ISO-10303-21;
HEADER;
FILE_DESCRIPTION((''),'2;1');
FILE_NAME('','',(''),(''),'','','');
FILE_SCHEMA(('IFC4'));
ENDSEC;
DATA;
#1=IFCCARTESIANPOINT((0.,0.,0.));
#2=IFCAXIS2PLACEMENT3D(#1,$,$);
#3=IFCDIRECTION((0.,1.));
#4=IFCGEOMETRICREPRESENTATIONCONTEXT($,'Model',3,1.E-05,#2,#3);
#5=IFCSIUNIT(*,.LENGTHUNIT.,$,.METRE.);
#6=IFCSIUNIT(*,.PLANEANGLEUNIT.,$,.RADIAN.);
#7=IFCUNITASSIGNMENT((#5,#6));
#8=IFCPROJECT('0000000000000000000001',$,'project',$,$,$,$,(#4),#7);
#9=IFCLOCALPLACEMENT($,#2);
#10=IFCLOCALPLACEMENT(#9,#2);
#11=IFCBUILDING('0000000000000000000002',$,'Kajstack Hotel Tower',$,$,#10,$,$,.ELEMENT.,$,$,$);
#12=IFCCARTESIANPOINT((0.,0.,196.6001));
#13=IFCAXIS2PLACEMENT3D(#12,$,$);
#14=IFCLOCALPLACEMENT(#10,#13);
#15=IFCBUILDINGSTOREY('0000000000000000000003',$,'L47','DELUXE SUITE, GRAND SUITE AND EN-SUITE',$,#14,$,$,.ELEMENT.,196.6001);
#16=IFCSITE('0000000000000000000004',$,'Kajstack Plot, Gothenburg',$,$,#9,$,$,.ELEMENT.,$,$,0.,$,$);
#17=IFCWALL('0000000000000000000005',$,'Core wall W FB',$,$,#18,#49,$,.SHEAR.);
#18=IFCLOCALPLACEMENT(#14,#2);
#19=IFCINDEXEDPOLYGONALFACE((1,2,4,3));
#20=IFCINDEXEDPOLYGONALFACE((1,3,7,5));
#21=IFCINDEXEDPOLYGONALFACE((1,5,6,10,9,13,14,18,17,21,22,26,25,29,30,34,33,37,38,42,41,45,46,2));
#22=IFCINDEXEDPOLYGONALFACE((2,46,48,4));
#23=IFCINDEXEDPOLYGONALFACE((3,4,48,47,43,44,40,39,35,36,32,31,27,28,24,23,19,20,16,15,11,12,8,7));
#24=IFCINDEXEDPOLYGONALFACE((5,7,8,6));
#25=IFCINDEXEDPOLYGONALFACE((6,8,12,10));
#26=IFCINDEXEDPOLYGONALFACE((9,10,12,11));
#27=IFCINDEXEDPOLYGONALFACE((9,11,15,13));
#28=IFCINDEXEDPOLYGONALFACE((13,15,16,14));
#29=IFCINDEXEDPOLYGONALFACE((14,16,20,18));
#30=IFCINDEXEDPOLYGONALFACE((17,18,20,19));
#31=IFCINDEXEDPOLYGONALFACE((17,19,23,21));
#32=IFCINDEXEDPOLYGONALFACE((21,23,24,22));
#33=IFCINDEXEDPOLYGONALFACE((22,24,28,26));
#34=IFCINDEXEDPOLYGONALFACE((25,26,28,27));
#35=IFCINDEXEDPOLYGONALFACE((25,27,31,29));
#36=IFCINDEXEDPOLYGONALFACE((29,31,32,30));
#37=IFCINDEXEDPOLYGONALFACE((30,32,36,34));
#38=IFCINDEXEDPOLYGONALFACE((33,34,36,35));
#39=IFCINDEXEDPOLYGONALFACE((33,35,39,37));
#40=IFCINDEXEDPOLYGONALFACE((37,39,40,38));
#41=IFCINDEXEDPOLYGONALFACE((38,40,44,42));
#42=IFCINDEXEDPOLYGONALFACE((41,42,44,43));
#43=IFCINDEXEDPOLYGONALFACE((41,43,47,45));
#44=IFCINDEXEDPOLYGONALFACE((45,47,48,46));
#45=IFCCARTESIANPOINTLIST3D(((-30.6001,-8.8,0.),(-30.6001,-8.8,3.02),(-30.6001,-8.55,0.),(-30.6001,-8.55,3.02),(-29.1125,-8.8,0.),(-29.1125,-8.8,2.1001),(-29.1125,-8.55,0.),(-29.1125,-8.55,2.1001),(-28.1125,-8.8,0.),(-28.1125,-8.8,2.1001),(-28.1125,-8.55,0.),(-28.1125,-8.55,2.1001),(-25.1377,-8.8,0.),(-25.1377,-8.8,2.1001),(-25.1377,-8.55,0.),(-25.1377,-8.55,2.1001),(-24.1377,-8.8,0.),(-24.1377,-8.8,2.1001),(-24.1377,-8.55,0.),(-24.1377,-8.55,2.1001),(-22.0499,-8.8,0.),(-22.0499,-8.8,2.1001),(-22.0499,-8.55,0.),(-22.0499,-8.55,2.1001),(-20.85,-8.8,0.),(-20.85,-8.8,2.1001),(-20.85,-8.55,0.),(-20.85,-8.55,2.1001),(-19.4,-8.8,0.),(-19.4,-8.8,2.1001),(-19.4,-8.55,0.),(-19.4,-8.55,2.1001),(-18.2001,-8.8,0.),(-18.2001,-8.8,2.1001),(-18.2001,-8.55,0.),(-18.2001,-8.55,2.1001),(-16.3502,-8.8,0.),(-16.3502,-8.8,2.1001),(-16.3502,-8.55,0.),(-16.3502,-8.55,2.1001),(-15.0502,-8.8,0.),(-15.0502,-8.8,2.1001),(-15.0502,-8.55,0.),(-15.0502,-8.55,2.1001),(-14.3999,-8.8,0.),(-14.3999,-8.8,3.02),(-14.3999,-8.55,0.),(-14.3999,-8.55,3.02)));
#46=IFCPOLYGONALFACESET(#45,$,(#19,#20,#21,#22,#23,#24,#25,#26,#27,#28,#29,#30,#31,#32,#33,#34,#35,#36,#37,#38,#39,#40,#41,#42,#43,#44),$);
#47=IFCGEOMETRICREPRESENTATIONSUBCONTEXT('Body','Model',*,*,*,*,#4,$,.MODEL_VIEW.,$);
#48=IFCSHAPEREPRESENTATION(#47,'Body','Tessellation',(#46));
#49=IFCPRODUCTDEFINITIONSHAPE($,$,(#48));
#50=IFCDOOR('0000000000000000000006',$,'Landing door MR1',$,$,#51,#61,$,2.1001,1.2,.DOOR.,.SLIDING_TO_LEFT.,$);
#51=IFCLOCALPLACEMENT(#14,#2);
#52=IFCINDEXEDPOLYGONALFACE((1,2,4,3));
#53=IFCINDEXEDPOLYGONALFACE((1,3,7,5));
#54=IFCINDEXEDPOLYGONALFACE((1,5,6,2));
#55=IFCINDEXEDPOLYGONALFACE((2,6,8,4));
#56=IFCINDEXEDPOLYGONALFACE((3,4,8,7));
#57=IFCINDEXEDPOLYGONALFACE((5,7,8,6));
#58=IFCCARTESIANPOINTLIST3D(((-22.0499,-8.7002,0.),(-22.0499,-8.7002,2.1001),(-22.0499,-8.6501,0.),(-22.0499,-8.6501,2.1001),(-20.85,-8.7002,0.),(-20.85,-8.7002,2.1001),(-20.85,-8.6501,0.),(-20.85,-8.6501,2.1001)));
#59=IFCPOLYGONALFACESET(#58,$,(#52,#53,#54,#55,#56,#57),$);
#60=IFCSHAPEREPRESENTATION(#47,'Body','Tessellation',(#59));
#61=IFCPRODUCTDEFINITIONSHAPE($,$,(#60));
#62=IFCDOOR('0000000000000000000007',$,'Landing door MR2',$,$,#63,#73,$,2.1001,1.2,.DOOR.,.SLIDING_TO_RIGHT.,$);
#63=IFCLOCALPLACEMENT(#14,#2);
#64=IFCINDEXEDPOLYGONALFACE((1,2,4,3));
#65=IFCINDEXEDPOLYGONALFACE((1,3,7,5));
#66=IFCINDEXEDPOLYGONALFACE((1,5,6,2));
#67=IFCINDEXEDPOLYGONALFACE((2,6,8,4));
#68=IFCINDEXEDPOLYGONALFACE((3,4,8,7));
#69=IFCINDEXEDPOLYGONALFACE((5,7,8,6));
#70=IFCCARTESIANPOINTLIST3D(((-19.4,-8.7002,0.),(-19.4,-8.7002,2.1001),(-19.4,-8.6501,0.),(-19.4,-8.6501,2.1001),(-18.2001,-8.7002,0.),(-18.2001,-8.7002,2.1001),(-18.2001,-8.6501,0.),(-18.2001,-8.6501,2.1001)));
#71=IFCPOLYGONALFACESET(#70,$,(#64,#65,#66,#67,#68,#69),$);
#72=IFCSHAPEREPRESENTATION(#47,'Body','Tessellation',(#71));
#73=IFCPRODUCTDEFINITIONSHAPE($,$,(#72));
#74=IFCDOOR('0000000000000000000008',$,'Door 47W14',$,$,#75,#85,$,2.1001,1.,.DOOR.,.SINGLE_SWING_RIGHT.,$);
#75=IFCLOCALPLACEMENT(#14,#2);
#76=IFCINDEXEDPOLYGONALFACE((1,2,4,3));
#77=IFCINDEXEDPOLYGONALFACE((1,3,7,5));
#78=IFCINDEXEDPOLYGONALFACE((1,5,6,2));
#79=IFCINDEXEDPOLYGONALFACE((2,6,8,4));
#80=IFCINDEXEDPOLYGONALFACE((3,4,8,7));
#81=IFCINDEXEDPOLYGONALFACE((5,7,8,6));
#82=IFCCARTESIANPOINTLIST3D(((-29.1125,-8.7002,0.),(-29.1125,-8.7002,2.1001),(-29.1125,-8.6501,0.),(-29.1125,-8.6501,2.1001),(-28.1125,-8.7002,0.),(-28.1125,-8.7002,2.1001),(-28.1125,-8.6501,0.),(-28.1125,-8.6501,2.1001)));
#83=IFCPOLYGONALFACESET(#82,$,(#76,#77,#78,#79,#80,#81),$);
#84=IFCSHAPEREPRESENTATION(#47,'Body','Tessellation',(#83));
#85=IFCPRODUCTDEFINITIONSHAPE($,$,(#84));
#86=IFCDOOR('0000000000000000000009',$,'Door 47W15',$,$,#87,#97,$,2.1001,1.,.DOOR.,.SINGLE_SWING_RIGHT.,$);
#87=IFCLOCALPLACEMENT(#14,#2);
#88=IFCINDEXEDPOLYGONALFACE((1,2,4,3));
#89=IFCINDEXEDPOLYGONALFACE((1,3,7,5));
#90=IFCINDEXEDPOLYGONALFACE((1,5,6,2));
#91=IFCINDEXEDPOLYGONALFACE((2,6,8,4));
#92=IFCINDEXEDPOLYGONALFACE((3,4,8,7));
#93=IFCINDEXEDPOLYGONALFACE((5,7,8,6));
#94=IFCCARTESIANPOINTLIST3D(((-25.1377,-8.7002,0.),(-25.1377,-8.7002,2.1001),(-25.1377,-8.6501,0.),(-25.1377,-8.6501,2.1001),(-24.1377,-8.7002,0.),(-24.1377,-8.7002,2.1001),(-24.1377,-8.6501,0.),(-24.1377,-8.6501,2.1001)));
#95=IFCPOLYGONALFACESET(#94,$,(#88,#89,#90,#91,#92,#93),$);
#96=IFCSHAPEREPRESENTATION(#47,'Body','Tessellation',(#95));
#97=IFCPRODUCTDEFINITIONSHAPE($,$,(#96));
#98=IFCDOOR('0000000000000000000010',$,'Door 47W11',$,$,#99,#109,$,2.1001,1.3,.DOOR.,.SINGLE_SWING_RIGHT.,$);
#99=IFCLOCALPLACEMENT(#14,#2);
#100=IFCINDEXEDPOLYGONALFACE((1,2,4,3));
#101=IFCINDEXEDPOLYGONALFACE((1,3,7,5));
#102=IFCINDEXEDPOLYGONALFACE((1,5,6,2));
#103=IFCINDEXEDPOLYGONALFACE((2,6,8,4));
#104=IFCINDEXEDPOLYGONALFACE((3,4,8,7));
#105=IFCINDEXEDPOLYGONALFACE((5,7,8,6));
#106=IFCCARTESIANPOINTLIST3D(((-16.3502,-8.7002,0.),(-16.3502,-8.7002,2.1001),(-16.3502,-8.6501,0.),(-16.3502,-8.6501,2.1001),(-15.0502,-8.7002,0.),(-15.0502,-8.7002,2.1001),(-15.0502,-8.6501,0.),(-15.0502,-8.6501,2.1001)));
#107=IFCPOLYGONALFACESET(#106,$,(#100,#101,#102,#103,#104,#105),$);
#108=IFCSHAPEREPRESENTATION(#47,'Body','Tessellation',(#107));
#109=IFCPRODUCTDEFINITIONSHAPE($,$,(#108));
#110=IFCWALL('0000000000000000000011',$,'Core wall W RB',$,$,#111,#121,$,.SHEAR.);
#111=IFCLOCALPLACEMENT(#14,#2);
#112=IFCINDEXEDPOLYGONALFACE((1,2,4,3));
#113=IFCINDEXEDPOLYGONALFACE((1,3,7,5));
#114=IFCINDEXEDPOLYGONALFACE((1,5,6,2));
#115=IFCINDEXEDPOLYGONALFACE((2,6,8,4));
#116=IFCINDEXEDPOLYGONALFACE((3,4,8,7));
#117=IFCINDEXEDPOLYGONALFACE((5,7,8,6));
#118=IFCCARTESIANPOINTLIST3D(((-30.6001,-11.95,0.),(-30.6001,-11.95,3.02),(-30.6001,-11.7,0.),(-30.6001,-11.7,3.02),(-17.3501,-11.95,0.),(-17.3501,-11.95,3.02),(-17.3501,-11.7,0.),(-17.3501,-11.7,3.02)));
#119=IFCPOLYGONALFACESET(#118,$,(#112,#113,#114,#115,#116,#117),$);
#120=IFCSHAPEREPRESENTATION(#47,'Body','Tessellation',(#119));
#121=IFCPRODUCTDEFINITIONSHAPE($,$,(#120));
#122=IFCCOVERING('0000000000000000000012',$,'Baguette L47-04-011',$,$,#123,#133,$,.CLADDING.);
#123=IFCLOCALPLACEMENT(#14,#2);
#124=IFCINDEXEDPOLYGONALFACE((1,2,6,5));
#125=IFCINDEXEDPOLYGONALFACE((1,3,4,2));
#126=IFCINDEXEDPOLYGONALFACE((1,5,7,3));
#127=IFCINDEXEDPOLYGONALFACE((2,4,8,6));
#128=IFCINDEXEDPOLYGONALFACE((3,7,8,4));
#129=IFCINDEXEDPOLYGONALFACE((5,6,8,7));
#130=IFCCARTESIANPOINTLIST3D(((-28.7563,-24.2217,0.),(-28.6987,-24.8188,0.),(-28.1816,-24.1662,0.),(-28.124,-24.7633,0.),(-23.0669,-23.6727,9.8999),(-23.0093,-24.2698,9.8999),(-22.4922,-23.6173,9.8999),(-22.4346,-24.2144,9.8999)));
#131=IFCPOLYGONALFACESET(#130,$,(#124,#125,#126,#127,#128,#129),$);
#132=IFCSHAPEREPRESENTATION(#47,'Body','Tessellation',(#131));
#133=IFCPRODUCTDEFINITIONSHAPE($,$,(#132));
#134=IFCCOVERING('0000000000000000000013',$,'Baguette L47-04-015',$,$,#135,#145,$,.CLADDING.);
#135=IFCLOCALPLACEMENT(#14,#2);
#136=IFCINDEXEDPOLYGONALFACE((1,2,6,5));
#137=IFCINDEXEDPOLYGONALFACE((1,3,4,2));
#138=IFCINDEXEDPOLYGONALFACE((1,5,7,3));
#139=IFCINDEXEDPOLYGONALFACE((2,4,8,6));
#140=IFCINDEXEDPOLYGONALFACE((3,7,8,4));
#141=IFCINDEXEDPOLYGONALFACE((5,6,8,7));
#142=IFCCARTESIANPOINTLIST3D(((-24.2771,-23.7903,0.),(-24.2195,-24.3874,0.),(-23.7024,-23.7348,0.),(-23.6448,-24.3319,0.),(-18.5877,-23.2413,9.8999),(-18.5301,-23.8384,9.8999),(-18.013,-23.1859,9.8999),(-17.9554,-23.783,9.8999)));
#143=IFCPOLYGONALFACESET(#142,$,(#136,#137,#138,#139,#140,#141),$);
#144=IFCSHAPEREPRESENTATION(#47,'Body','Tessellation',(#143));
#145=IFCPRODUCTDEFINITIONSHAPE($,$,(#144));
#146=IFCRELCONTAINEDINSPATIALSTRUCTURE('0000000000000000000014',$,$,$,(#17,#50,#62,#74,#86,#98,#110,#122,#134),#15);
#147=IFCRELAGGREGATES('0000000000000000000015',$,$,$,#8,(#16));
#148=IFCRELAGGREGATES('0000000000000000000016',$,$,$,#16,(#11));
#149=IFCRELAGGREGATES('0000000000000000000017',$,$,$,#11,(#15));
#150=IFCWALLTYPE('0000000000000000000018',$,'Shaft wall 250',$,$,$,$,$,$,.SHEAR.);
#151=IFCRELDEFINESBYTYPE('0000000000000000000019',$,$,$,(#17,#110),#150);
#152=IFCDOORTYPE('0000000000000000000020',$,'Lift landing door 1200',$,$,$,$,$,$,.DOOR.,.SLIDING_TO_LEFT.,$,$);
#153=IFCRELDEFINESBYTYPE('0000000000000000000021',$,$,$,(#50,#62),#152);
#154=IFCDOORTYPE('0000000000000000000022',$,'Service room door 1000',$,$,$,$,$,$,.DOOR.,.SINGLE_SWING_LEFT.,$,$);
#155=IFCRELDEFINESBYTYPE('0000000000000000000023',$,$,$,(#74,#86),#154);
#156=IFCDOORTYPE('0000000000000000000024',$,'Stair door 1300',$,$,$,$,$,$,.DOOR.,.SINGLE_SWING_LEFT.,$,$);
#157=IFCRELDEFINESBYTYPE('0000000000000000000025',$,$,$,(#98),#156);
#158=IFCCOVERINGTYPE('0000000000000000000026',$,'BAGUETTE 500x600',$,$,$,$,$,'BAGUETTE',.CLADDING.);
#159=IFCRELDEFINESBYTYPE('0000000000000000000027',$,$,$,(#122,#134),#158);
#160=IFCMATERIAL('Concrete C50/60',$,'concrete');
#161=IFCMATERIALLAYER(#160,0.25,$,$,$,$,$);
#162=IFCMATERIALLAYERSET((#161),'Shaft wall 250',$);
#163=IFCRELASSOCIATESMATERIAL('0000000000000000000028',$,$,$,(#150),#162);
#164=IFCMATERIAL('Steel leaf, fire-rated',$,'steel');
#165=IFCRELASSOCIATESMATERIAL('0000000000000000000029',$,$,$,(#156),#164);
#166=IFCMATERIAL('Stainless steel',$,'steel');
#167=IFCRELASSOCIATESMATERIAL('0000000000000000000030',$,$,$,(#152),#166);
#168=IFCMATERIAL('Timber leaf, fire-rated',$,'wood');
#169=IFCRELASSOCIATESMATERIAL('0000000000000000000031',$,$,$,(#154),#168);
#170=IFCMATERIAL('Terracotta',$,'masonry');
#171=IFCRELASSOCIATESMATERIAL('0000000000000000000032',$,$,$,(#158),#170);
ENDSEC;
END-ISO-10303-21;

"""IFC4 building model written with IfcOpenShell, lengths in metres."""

from ifc_helpers import new_model, si_unit, direction, frame, frame_2d, origin, origin_2d, place, context, subcontext, project, spatial, polyline, rectangle, outline, extrude, material, layer, layer_set, material_profile, profile_set, type_object, element, fill, save


model = new_model("IFC4")

# Units and contexts
model_context = context("Model", 3, precision=1e-05, world=origin(), true_north=direction((0.0, 1.0)))
body_context = subcontext(model_context, "Body", "Model", "MODEL_VIEW")
ifc_project = project(units=[si_unit("LENGTHUNIT", "METRE"), si_unit("PLANEANGLEUNIT", "RADIAN")], contexts=[model_context])

# Site, building, storey
site_placement = place(None, origin())
site = spatial("IfcSite", under=ifc_project, at=site_placement, Name="Kajstack Plot, Gothenburg", CompositionType="ELEMENT", RefElevation=0.0)
building_placement = place(site_placement, origin())
building = spatial("IfcBuilding", under=site, at=building_placement, Name="Kajstack Hotel Tower", CompositionType="ELEMENT")
storey_placement = place(building_placement, frame((0.0, 0.0, 196.6001)))
storey = spatial("IfcBuildingStorey", under=building, at=storey_placement, Name="L47", Description="DELUXE SUITE, GRAND SUITE AND EN-SUITE", CompositionType="ELEMENT", Elevation=196.6001)

# Shared definitions
ifc_material_1 = material(Name="Stainless steel", Category="steel")

# Wall, openings, doors
ifc_material_2 = material(Name="Concrete C50/60", Category="concrete")
ifc_layer_1 = layer(ifc_material_2, 0.25)
ifc_layer_set_1 = layer_set([ifc_layer_1], Name="Shaft wall 250")
wall_type_1 = type_object("IfcWallType", Name="Shaft wall 250", PredefinedType="SHEAR", material=ifc_layer_set_1)
ifc_material_3 = material(Name="Timber leaf, fire-rated", Category="wood")
ifc_material_4 = material(Name="Steel leaf, fire-rated", Category="steel")
door_type_1 = type_object("IfcDoorType", Name="Stair door 1300", OperationType="SINGLE_SWING_LEFT", PredefinedType="DOOR", material=ifc_material_4)
wall_1_placement = place(storey_placement, frame((-30.6001, -8.675, 0.0), z_axis=(0.0, 0.0, 1.0), x_axis=(1.0, 0.0, 0.0)))
wall_1 = element("IfcWall", 1, at=wall_1_placement, inside=storey, type_object=wall_type_1, Name="Core wall W FB", PredefinedType="SHEAR", context=body_context, shape_type="SweptSolid", body=[
    extrude(rectangle(XDim=16.2002, YDim=0.25, at=frame_2d((8.1001, 0.0))), origin(), (0.0, 0.0, 1.0), 3.02),
])
opening_1_placement = place(wall_1_placement, frame((8.55, 0.0, 0.0)))
opening_1 = element("IfcOpeningElement", 2, at=opening_1_placement, cuts=wall_1, PredefinedType="OPENING", context=body_context, shape_type="SweptSolid", body=[
    extrude(rectangle(XDim=1.2, YDim=2.1001, at=frame_2d((0.6001, 1.05))), frame((0.0, 0.135, 0.0), z_axis=(0.0, -1.0, 0.0), x_axis=(1.0, 0.0, 0.0)), (0.0, 0.0, 1.0), 0.27),
])
opening_2_placement = place(wall_1_placement, frame((11.2, 0.0, 0.0)))
opening_2 = element("IfcOpeningElement", 3, at=opening_2_placement, cuts=wall_1, PredefinedType="OPENING", context=body_context, shape_type="SweptSolid", body=[
    extrude(rectangle(XDim=1.2, YDim=2.1001, at=frame_2d((0.6001, 1.05))), frame((0.0, 0.135, 0.0), z_axis=(0.0, -1.0, 0.0), x_axis=(1.0, 0.0, 0.0)), (0.0, 0.0, 1.0), 0.27),
])
opening_3_placement = place(wall_1_placement, frame((14.25, 0.0, 0.0)))
opening_3 = element("IfcOpeningElement", 4, at=opening_3_placement, cuts=wall_1, PredefinedType="OPENING", context=body_context, shape_type="SweptSolid", body=[
    extrude(rectangle(XDim=1.3, YDim=2.1001, at=frame_2d((0.6499, 1.05))), frame((0.0, 0.135, 0.0), z_axis=(0.0, -1.0, 0.0), x_axis=(1.0, 0.0, 0.0)), (0.0, 0.0, 1.0), 0.27),
])
opening_4_placement = place(wall_1_placement, frame((1.4875, 0.0, 0.0)))
opening_4 = element("IfcOpeningElement", 5, at=opening_4_placement, cuts=wall_1, PredefinedType="OPENING", context=body_context, shape_type="SweptSolid", body=[
    extrude(rectangle(XDim=1.0, YDim=2.1001, at=frame_2d((0.5, 1.05))), frame((0.0, 0.135, 0.0), z_axis=(0.0, -1.0, 0.0), x_axis=(1.0, 0.0, 0.0)), (0.0, 0.0, 1.0), 0.27),
])
opening_5_placement = place(wall_1_placement, frame((5.4624, 0.0, 0.0)))
opening_5 = element("IfcOpeningElement", 6, at=opening_5_placement, cuts=wall_1, PredefinedType="OPENING", context=body_context, shape_type="SweptSolid", body=[
    extrude(rectangle(XDim=1.0, YDim=2.1001, at=frame_2d((0.5, 1.05))), frame((0.0, 0.135, 0.0), z_axis=(0.0, -1.0, 0.0), x_axis=(1.0, 0.0, 0.0)), (0.0, 0.0, 1.0), 0.27),
])
door_type_2 = type_object("IfcDoorType", Name="Lift landing door 1200", OperationType="SLIDING_TO_LEFT", PredefinedType="DOOR", material=ifc_material_1)
door_1_placement = place(opening_1_placement, origin())
door_1 = element("IfcDoor", 7, at=door_1_placement, inside=storey, type_object=door_type_2, Name="Landing door MR1", OperationType="SLIDING_TO_LEFT", OverallHeight=2.1001, OverallWidth=1.2, PredefinedType="DOOR", context=body_context, shape_type="SweptSolid", body=[
    extrude(rectangle(XDim=1.2, YDim=2.1001, at=frame_2d((0.6001, 1.05))), frame((0.0, 0.0249, 0.0), z_axis=(0.0, -1.0, 0.0), x_axis=(1.0, 0.0, 0.0)), (0.0, 0.0, 1.0), 0.05),
])
fill(opening_1, door_1)
door_2_placement = place(opening_2_placement, origin())
door_2 = element("IfcDoor", 8, at=door_2_placement, inside=storey, type_object=door_type_2, Name="Landing door MR2", OperationType="SLIDING_TO_RIGHT", OverallHeight=2.1001, OverallWidth=1.2, PredefinedType="DOOR", context=body_context, shape_type="SweptSolid", body=[
    extrude(rectangle(XDim=1.2, YDim=2.1001, at=frame_2d((0.6001, 1.05))), frame((0.0, 0.0249, 0.0), z_axis=(0.0, -1.0, 0.0), x_axis=(1.0, 0.0, 0.0)), (0.0, 0.0, 1.0), 0.05),
])
fill(opening_2, door_2)
door_type_3 = type_object("IfcDoorType", Name="Service room door 1000", OperationType="SINGLE_SWING_LEFT", PredefinedType="DOOR", material=ifc_material_3)
door_3_placement = place(opening_4_placement, origin())
door_3 = element("IfcDoor", 9, at=door_3_placement, inside=storey, type_object=door_type_3, Name="Door 47W14", OperationType="SINGLE_SWING_RIGHT", OverallHeight=2.1001, OverallWidth=1.0, PredefinedType="DOOR", context=body_context, shape_type="SweptSolid", body=[
    extrude(rectangle(XDim=1.0, YDim=2.1001, at=frame_2d((0.5, 1.05))), frame((0.0, 0.0249, 0.0), z_axis=(0.0, -1.0, 0.0), x_axis=(1.0, 0.0, 0.0)), (0.0, 0.0, 1.0), 0.05),
])
fill(opening_4, door_3)
door_4_placement = place(opening_5_placement, origin())
door_4 = element("IfcDoor", 10, at=door_4_placement, inside=storey, type_object=door_type_3, Name="Door 47W15", OperationType="SINGLE_SWING_RIGHT", OverallHeight=2.1001, OverallWidth=1.0, PredefinedType="DOOR", context=body_context, shape_type="SweptSolid", body=[
    extrude(rectangle(XDim=1.0, YDim=2.1001, at=frame_2d((0.5, 1.05))), frame((0.0, 0.0249, 0.0), z_axis=(0.0, -1.0, 0.0), x_axis=(1.0, 0.0, 0.0)), (0.0, 0.0, 1.0), 0.05),
])
fill(opening_5, door_4)
door_5_placement = place(opening_3_placement, origin())
door_5 = element("IfcDoor", 11, at=door_5_placement, inside=storey, type_object=door_type_1, Name="Door 47W11", OperationType="SINGLE_SWING_RIGHT", OverallHeight=2.1001, OverallWidth=1.3, PredefinedType="DOOR", context=body_context, shape_type="SweptSolid", body=[
    extrude(rectangle(XDim=1.3, YDim=2.1001, at=frame_2d((0.6499, 1.05))), frame((0.0, 0.0249, 0.0), z_axis=(0.0, -1.0, 0.0), x_axis=(1.0, 0.0, 0.0)), (0.0, 0.0, 1.0), 0.05),
])
fill(opening_3, door_5)

# Wall
wall_2_placement = place(storey_placement, frame((-30.6001, -11.825, 0.0), z_axis=(0.0, 0.0, 1.0), x_axis=(1.0, 0.0, 0.0)))
element("IfcWall", 12, at=wall_2_placement, inside=storey, type_object=wall_type_1, Name="Core wall W RB", PredefinedType="SHEAR", context=body_context, shape_type="SweptSolid", body=[
    extrude(rectangle(XDim=13.25, YDim=0.25, at=frame_2d((6.625, 0.0))), origin(), (0.0, 0.0, 1.0), 3.02),
])

# Coverings
ifc_material_5 = material(Name="Terracotta", Category="masonry")
ifc_material_profile = material_profile(ifc_material_5, rectangle(XDim=0.6001, YDim=0.5, at=origin_2d()), Name="Terracotta-clad concrete baguette 500 x 600")
ifc_profile_set = profile_set([ifc_material_profile], Name="Terracotta")
covering_type = type_object("IfcCoveringType", Name="BAGUETTE 500x600", ElementType="BAGUETTE", PredefinedType="CLADDING", material=ifc_profile_set)
for number, where, z_axis, x_axis, name in (
    (13, (-28.7563, -24.2217, 0.0), (0.096038, -0.995378, 0.0), (0.995378, 0.096038, 0.0), "Baguette L47-04-011"),
    (14, (-24.2771, -23.7903, 0.0), (0.096038, -0.995378, 0.0), (0.995378, 0.096038, 0.0), "Baguette L47-04-015"),
):
    element("IfcCovering", number, at=place(storey_placement, frame(where, z_axis=z_axis, x_axis=x_axis)), inside=storey, type_object=covering_type, Name=name, PredefinedType="CLADDING", context=body_context, shape_type="SweptSolid", body=[
        extrude(outline(polyline([(5.7158, 9.8999), (0.0, 0.0), (0.5774, 0.0), (6.2932, 9.8999), (5.7158, 9.8999)])), origin(), (0.0, 0.0, 1.0), 0.5999),
    ])

save(model, "model.ifc")
